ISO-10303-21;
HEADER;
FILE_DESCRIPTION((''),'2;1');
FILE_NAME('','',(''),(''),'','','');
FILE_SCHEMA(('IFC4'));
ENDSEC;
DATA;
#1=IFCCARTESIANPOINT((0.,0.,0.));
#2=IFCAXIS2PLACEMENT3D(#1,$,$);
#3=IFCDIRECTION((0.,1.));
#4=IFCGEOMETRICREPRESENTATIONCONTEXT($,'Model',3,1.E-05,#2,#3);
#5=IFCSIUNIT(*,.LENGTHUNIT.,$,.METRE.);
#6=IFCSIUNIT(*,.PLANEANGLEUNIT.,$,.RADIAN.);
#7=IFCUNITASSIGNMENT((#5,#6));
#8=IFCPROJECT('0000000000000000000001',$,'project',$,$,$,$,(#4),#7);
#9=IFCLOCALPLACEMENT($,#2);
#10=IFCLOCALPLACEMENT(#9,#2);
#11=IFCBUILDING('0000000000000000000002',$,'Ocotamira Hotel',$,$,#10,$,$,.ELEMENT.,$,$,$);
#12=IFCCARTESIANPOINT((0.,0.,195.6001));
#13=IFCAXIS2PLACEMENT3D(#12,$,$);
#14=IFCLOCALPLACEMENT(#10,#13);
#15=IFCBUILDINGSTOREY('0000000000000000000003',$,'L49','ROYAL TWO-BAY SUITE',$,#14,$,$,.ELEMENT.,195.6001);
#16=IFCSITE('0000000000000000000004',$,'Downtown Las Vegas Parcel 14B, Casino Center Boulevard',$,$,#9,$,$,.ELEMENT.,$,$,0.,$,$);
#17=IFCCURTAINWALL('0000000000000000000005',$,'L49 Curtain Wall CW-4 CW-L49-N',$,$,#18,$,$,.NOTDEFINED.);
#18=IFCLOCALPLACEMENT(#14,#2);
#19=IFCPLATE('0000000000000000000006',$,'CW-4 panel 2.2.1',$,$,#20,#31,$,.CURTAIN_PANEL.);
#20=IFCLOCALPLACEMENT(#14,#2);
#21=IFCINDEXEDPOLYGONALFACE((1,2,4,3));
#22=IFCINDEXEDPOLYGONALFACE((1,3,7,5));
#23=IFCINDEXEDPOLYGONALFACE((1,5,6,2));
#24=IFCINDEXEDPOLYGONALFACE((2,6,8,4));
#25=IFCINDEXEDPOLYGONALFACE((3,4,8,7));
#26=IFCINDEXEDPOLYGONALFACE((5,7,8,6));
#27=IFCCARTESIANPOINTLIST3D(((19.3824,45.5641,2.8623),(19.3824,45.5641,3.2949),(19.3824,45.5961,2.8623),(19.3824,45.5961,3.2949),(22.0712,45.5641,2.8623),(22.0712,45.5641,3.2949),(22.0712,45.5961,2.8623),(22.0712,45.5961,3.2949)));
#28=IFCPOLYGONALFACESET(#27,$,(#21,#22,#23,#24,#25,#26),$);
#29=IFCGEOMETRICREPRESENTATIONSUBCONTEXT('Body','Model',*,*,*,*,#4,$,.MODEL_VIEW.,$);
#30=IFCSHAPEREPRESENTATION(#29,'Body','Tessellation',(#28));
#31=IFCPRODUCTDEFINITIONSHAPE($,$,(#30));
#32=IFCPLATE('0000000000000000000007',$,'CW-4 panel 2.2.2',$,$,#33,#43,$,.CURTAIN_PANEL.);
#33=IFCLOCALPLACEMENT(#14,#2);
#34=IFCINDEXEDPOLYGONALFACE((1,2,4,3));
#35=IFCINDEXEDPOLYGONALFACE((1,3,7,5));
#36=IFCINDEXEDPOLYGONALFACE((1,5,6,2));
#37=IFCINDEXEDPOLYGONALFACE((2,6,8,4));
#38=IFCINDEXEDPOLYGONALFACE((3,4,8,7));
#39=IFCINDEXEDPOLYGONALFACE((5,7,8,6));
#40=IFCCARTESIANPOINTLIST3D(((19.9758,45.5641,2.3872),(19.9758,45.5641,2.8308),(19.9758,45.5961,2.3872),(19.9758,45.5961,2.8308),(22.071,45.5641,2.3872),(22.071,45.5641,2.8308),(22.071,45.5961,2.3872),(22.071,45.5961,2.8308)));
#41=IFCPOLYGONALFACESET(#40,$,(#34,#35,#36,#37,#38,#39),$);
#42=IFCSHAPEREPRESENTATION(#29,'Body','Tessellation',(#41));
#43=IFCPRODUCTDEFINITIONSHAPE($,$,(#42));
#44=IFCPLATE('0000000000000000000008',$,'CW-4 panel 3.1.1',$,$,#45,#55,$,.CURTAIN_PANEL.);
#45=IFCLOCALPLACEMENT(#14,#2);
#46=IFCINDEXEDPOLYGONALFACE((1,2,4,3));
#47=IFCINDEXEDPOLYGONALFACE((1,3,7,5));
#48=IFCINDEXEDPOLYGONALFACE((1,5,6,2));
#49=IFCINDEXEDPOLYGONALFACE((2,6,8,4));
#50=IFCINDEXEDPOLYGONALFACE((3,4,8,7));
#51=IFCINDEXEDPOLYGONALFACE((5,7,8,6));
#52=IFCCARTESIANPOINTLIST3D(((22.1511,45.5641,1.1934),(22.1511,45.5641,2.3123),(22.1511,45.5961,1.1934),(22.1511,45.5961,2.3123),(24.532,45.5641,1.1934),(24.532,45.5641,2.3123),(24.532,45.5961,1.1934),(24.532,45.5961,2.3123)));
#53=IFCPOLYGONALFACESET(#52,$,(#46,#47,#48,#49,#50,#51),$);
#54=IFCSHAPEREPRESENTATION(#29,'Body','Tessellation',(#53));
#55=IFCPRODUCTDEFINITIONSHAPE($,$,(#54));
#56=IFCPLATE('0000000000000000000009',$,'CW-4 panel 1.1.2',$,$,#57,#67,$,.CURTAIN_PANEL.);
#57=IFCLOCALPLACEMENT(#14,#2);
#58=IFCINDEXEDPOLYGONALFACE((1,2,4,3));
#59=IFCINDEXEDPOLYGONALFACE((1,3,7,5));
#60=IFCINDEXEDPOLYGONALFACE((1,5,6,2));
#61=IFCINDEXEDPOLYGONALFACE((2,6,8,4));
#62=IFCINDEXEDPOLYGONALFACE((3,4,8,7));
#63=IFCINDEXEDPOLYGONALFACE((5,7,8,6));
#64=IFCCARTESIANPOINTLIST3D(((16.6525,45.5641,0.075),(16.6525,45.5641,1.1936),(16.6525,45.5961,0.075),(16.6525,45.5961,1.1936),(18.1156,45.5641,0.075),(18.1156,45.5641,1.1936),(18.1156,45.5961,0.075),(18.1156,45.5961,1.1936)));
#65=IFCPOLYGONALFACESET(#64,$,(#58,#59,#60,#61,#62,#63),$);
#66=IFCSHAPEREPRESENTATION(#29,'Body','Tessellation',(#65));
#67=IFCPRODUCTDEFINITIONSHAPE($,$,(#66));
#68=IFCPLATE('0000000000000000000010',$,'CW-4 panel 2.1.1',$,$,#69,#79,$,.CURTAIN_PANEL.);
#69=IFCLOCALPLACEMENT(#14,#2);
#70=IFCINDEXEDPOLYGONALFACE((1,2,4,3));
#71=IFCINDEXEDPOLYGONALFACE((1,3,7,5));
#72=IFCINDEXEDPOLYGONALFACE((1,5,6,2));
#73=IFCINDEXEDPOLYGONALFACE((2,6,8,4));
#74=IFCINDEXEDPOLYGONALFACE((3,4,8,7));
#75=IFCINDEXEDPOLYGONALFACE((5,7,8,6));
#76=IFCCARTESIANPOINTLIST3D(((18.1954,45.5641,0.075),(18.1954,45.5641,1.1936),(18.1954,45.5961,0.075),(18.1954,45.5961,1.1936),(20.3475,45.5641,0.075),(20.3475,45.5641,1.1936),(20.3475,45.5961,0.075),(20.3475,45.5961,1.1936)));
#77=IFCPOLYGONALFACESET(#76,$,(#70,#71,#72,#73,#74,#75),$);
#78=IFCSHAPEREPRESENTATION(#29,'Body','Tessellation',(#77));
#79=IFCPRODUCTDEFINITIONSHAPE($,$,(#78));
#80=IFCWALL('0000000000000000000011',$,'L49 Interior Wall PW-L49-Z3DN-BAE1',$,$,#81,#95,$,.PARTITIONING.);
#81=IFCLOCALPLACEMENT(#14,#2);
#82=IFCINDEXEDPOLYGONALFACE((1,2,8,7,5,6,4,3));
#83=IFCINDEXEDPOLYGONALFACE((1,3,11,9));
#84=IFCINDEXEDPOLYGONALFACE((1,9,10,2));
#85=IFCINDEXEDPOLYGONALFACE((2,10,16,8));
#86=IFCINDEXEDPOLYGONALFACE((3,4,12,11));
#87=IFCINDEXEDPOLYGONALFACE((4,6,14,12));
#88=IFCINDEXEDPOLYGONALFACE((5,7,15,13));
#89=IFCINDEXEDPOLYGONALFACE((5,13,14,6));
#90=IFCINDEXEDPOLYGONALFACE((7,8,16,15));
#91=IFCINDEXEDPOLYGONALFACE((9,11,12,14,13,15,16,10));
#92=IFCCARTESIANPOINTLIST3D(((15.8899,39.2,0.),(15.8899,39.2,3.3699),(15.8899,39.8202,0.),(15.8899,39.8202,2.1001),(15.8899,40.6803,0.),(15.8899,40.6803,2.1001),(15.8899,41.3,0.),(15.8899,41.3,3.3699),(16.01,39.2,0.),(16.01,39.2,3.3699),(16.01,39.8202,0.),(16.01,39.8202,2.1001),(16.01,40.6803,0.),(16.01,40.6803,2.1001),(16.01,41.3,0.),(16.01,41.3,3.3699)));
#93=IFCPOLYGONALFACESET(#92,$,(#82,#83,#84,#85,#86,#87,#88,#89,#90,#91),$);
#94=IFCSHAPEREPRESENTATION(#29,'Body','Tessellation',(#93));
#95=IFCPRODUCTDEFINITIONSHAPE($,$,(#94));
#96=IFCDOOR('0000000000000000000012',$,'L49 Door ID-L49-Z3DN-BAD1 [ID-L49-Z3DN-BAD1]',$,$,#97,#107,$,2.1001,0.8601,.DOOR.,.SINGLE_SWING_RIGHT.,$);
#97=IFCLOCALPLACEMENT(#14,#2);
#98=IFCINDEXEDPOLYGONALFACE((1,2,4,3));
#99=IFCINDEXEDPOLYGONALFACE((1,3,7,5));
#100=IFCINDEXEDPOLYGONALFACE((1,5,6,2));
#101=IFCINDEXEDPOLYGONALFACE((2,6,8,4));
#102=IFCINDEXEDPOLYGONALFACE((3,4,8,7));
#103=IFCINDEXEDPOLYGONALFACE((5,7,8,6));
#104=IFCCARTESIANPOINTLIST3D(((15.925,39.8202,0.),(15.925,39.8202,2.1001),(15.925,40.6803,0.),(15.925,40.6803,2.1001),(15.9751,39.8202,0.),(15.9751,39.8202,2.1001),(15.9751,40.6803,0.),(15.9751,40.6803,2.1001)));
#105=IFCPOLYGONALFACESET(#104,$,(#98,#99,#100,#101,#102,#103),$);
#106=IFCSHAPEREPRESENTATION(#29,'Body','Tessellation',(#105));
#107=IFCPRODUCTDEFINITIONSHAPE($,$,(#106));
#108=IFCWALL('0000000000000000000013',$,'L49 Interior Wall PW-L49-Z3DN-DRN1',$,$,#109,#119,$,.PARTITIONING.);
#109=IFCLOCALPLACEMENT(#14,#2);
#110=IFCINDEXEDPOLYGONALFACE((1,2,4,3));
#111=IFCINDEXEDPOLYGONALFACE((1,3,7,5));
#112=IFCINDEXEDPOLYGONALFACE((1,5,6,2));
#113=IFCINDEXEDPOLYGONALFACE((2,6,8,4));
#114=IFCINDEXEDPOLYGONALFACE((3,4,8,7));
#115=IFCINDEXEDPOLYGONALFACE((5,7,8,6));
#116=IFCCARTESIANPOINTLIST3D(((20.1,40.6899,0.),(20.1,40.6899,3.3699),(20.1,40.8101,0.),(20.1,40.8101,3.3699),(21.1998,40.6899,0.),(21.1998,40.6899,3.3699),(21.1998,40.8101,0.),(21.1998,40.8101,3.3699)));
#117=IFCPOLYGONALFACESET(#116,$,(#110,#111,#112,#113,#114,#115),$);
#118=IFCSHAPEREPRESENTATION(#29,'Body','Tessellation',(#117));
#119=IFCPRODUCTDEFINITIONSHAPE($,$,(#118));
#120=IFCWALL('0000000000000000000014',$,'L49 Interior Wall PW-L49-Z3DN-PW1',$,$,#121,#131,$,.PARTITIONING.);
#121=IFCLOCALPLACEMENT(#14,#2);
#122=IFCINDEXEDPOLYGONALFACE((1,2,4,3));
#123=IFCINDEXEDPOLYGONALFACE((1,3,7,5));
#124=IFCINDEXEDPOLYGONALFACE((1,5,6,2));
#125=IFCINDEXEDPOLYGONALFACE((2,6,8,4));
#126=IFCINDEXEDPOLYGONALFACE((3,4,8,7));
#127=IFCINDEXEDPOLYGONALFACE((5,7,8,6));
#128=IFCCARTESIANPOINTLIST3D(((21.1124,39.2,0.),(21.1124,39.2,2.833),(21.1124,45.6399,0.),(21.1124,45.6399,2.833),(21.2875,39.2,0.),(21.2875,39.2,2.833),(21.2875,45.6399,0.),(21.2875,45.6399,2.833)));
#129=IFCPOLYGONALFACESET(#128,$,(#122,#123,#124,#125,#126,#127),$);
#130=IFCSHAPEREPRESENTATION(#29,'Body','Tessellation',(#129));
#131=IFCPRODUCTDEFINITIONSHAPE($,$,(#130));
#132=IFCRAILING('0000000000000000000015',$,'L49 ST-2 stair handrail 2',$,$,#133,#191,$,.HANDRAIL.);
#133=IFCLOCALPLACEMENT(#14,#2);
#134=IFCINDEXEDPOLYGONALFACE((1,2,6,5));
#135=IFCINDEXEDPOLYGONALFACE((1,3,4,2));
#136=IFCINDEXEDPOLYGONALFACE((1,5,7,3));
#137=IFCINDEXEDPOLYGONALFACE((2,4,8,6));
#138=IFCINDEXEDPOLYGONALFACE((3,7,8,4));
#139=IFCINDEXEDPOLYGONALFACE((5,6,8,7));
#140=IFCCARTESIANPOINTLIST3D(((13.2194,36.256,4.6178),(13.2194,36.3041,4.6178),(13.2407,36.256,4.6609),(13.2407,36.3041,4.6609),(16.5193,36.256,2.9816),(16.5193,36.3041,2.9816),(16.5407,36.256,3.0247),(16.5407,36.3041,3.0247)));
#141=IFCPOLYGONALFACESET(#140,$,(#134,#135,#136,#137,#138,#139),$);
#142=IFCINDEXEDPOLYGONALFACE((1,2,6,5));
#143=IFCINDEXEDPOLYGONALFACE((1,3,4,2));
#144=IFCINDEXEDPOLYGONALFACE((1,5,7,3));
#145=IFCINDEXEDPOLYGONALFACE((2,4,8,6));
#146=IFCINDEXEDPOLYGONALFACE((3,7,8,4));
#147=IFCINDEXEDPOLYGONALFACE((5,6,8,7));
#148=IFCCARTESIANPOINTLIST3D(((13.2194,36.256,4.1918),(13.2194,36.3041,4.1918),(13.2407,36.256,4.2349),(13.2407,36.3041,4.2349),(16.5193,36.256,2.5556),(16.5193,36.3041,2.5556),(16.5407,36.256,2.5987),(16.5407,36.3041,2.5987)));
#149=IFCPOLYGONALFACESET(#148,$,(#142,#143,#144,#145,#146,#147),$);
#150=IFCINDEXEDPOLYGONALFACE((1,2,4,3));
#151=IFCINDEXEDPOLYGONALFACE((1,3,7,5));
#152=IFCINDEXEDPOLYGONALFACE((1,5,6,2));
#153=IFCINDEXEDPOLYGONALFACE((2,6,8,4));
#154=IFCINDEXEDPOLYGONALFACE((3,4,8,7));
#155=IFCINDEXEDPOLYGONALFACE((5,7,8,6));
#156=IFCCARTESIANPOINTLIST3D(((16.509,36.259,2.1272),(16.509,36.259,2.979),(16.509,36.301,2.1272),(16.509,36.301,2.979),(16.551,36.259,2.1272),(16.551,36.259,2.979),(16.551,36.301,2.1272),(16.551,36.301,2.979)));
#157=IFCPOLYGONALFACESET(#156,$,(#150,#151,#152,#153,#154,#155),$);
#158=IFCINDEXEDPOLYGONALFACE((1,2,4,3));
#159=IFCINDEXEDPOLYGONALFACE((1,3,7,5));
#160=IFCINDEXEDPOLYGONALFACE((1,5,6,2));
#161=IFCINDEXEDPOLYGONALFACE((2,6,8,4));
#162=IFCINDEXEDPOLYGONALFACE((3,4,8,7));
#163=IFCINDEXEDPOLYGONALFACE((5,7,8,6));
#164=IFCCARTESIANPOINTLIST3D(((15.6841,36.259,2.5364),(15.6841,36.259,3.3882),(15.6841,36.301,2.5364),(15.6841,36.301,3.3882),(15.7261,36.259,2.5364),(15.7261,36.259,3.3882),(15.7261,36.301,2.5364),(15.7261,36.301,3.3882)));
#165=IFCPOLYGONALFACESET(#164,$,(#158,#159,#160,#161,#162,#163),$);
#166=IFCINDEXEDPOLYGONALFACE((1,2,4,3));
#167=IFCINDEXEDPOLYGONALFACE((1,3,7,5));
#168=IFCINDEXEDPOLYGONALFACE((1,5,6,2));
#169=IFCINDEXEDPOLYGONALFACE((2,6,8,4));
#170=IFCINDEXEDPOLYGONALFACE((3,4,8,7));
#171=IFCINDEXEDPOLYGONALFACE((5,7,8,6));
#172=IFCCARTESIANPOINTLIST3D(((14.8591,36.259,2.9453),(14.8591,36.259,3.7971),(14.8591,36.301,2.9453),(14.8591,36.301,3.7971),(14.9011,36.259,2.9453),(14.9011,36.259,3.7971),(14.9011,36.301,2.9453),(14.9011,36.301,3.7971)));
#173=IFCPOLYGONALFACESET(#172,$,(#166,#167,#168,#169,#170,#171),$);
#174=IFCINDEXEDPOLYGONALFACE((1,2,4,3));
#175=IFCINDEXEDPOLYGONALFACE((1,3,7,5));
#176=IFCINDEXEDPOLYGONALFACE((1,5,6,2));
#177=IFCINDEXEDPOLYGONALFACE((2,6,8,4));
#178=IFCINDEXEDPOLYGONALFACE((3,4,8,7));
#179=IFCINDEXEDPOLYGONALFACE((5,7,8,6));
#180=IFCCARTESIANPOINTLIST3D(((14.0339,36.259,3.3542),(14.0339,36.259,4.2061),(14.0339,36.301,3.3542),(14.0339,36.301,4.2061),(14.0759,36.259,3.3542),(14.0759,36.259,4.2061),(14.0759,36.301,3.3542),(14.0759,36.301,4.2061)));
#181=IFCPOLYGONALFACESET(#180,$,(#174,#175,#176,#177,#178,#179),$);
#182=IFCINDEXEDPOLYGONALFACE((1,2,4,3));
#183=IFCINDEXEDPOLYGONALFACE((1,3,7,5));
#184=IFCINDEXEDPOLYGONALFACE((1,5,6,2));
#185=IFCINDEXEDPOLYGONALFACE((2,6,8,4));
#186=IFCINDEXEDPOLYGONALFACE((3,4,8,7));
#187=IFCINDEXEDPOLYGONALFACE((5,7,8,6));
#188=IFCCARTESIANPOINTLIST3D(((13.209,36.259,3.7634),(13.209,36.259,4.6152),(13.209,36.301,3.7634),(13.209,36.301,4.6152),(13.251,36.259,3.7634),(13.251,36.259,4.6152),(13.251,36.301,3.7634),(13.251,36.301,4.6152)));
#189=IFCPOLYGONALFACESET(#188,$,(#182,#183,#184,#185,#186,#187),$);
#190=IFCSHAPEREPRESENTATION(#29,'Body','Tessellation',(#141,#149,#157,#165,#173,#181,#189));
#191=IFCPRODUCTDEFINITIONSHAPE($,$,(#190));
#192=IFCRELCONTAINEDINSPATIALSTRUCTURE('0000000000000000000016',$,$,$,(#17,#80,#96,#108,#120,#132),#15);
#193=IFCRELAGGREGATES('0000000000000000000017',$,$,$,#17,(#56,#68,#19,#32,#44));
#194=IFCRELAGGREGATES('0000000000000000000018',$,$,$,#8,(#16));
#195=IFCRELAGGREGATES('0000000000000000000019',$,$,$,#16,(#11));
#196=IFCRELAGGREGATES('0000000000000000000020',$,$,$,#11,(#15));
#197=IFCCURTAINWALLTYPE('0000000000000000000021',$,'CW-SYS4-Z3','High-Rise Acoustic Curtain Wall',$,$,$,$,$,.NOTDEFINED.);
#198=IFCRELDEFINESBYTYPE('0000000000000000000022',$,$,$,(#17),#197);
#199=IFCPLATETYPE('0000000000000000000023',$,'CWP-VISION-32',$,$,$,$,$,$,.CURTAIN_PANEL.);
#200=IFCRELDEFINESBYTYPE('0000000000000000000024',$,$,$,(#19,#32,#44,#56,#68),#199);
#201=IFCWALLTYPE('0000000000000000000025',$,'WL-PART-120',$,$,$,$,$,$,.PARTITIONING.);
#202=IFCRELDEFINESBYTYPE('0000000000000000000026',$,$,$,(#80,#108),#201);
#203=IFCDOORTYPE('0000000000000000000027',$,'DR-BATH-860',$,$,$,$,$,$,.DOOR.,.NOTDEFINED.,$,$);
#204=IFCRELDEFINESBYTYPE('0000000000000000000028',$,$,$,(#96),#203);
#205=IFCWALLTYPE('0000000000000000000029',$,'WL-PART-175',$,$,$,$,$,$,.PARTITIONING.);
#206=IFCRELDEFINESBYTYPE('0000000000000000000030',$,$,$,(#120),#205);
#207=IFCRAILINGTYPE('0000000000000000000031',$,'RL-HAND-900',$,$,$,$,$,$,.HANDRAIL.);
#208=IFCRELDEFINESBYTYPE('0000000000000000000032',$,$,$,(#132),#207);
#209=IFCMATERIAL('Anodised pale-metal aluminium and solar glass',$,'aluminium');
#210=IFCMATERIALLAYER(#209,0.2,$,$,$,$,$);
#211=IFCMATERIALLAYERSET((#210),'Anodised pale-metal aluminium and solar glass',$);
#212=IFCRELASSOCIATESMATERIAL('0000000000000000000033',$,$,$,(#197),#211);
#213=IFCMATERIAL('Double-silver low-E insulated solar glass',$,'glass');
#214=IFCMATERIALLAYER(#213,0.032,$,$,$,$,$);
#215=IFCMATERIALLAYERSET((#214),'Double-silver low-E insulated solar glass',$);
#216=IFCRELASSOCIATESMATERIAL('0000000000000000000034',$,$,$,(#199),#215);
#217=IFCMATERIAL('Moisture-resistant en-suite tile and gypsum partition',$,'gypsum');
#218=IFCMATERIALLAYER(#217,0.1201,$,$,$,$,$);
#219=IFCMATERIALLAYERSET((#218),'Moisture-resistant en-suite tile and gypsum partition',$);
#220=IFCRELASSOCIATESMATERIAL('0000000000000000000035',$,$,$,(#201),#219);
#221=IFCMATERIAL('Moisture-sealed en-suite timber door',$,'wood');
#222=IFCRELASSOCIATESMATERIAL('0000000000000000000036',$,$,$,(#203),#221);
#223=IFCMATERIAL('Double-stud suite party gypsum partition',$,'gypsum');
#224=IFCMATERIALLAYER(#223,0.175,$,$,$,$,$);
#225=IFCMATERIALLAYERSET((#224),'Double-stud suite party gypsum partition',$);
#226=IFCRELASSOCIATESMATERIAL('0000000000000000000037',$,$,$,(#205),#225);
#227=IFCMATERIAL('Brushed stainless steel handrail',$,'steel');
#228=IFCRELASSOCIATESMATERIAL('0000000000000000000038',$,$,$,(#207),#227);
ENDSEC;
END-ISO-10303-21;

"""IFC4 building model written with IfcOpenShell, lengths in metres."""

from ifc_helpers import new_model, si_unit, direction, frame, frame_2d, origin, origin_2d, place, context, subcontext, project, spatial, rectangle, extrude, source, transform, mapped, material, layer, layer_set, type_object, element, fill, aggregate, save


model = new_model("IFC4")

# Units and contexts
model_context = context("Model", 3, precision=1e-05, world=origin(), true_north=direction((0.0, 1.0)))
body_context = subcontext(model_context, "Body", "Model", "MODEL_VIEW")
ifc_project = project(units=[si_unit("LENGTHUNIT", "METRE"), si_unit("PLANEANGLEUNIT", "RADIAN")], contexts=[model_context])

# Site, building, storey
site_placement = place(None, origin())
site = spatial("IfcSite", under=ifc_project, at=site_placement, Name="Downtown Las Vegas Parcel 14B, Casino Center Boulevard", CompositionType="ELEMENT", RefElevation=0.0)
building_placement = place(site_placement, origin())
building = spatial("IfcBuilding", under=site, at=building_placement, Name="Ocotamira Hotel", CompositionType="ELEMENT")
storey_placement = place(building_placement, frame((0.0, 0.0, 195.6001)))
storey = spatial("IfcBuildingStorey", under=building, at=storey_placement, Name="L49", Description="ROYAL TWO-BAY SUITE", CompositionType="ELEMENT", Elevation=195.6001)

# Curtain wall
ifc_material_1 = material(Name="Anodised pale-metal aluminium and solar glass", Category="aluminium")
ifc_layer_1 = layer(ifc_material_1, 0.2)
ifc_layer_set_1 = layer_set([ifc_layer_1], Name="Anodised pale-metal aluminium and solar glass")
curtain_wall_type = type_object("IfcCurtainWallType", Name="CW-SYS4-Z3", Description="High-Rise Acoustic Curtain Wall", PredefinedType="NOTDEFINED", material=ifc_layer_set_1)
curtain_wall_placement = place(storey_placement, origin())
curtain_wall = element("IfcCurtainWall", 1, at=curtain_wall_placement, inside=storey, type_object=curtain_wall_type, Name="L49 Curtain Wall CW-4 CW-L49-N", PredefinedType="NOTDEFINED")

# Plates
ifc_material_2 = material(Name="Double-silver low-E insulated solar glass", Category="glass")
ifc_layer_2 = layer(ifc_material_2, 0.032)
ifc_layer_set_2 = layer_set([ifc_layer_2], Name="Double-silver low-E insulated solar glass")
plate_type_1 = type_object("IfcPlateType", Name="CWP-VISION-32", PredefinedType="CURTAIN_PANEL", material=ifc_layer_set_2)
shared_shape_1 = source(origin(), body_context, "Body", "SweptSolid", [
    extrude(rectangle(XDim=2.6887, YDim=0.032, at=origin_2d()), origin(), (0.0, 0.0, 1.0), 0.4326),
])
plate_1_placement = place(storey_placement, frame((20.7268, 45.5801, 2.8623), z_axis=(0.0, 0.0, 1.0), x_axis=(1.0, 0.0, 0.0)))
plate_1 = element("IfcPlate", 2, at=plate_1_placement, type_object=plate_type_1, Name="CW-4 panel 2.2.1", PredefinedType="CURTAIN_PANEL", context=body_context, shape_type="MappedRepresentation", body=[
    mapped(shared_shape_1, transform((0.0, 0.0, 0.0), scale=1.0)),
])
shared_shape_2 = source(origin(), body_context, "Body", "SweptSolid", [
    extrude(rectangle(XDim=2.0952, YDim=0.032, at=origin_2d()), origin(), (0.0, 0.0, 1.0), 0.4436),
])
plate_2_placement = place(storey_placement, frame((21.0234, 45.5801, 2.3872), z_axis=(0.0, 0.0, 1.0), x_axis=(1.0, 0.0, 0.0)))
plate_2 = element("IfcPlate", 3, at=plate_2_placement, type_object=plate_type_1, Name="CW-4 panel 2.2.2", PredefinedType="CURTAIN_PANEL", context=body_context, shape_type="MappedRepresentation", body=[
    mapped(shared_shape_2, transform((0.0, 0.0, 0.0), scale=1.0)),
])
shared_shape_3 = source(origin(), body_context, "Body", "SweptSolid", [
    extrude(rectangle(XDim=2.3809, YDim=0.032, at=origin_2d()), origin(), (0.0, 0.0, 1.0), 1.1189),
])
plate_3_placement = place(storey_placement, frame((23.3416, 45.5801, 1.1934), z_axis=(0.0, 0.0, 1.0), x_axis=(1.0, 0.0, 0.0)))
plate_3 = element("IfcPlate", 4, at=plate_3_placement, type_object=plate_type_1, Name="CW-4 panel 3.1.1", PredefinedType="CURTAIN_PANEL", context=body_context, shape_type="MappedRepresentation", body=[
    mapped(shared_shape_3, transform((0.0, 0.0, 0.0), scale=1.0)),
])
shared_shape_4 = source(origin(), body_context, "Body", "SweptSolid", [
    extrude(rectangle(XDim=1.4631, YDim=0.032, at=origin_2d()), origin(), (0.0, 0.0, 1.0), 1.1187),
])
plate_4_placement = place(storey_placement, frame((17.384, 45.5801, 0.075), z_axis=(0.0, 0.0, 1.0), x_axis=(1.0, 0.0, 0.0)))
plate_4 = element("IfcPlate", 5, at=plate_4_placement, type_object=plate_type_1, Name="CW-4 panel 1.1.2", PredefinedType="CURTAIN_PANEL", context=body_context, shape_type="MappedRepresentation", body=[
    mapped(shared_shape_4, transform((0.0, 0.0, 0.0), scale=1.0)),
])
shared_shape_5 = source(origin(), body_context, "Body", "SweptSolid", [
    extrude(rectangle(XDim=2.1521, YDim=0.032, at=origin_2d()), origin(), (0.0, 0.0, 1.0), 1.1187),
])
plate_5_placement = place(storey_placement, frame((19.2715, 45.5801, 0.075), z_axis=(0.0, 0.0, 1.0), x_axis=(1.0, 0.0, 0.0)))
plate_5 = element("IfcPlate", 6, at=plate_5_placement, type_object=plate_type_1, Name="CW-4 panel 2.1.1", PredefinedType="CURTAIN_PANEL", context=body_context, shape_type="MappedRepresentation", body=[
    mapped(shared_shape_5, transform((0.0, 0.0, 0.0), scale=1.0)),
])
aggregate(curtain_wall, [plate_4, plate_5, plate_1, plate_2, plate_3])

# Wall, opening, door
ifc_material_3 = material(Name="Moisture-resistant en-suite tile and gypsum partition", Category="gypsum")
ifc_layer_3 = layer(ifc_material_3, 0.1201)
ifc_layer_set_3 = layer_set([ifc_layer_3], Name="Moisture-resistant en-suite tile and gypsum partition")
wall_type_1 = type_object("IfcWallType", Name="WL-PART-120", PredefinedType="PARTITIONING", material=ifc_layer_set_3)
wall_1_placement = place(storey_placement, frame((15.95, 39.2, 0.0), z_axis=(0.0, 0.0, 1.0), x_axis=(0.0, 1.0, 0.0)))
wall_1 = element("IfcWall", 7, at=wall_1_placement, inside=storey, type_object=wall_type_1, Name="L49 Interior Wall PW-L49-Z3DN-BAE1", PredefinedType="PARTITIONING", context=body_context, shape_type="SweptSolid", body=[
    extrude(rectangle(XDim=2.1001, YDim=0.1201, at=frame_2d((1.05, 0.0))), origin(), (0.0, 0.0, 1.0), 3.3699),
])
opening_placement = place(wall_1_placement, frame((0.6201, 0.0, 0.0)))
opening = element("IfcOpeningElement", 8, at=opening_placement, cuts=wall_1, PredefinedType="OPENING", context=body_context, shape_type="SweptSolid", body=[
    extrude(rectangle(XDim=0.8601, YDim=2.1001, at=frame_2d((0.4302, 1.05))), frame((0.0, 0.0701, 0.0), z_axis=(0.0, -1.0, 0.0), x_axis=(1.0, 0.0, 0.0)), (0.0, 0.0, 1.0), 0.1401),
])
ifc_material_4 = material(Name="Moisture-sealed en-suite timber door", Category="wood")
door_type = type_object("IfcDoorType", Name="DR-BATH-860", OperationType="NOTDEFINED", PredefinedType="DOOR", material=ifc_material_4)
shared_shape_6 = source(origin(), body_context, "Body", "SweptSolid", [
    extrude(rectangle(XDim=0.8601, YDim=2.1001, at=frame_2d((0.4302, 1.05))), frame((0.0, 0.0249, 0.0), z_axis=(0.0, -1.0, 0.0), x_axis=(1.0, 0.0, 0.0)), (0.0, 0.0, 1.0), 0.05),
])
door_placement = place(opening_placement, origin())
door = element("IfcDoor", 9, at=door_placement, inside=storey, type_object=door_type, Name="L49 Door ID-L49-Z3DN-BAD1 [ID-L49-Z3DN-BAD1]", OperationType="SINGLE_SWING_RIGHT", OverallHeight=2.1001, OverallWidth=0.8601, PredefinedType="DOOR", context=body_context, shape_type="MappedRepresentation", body=[
    mapped(shared_shape_6, transform((0.0, 0.0, 0.0), scale=1.0)),
])
fill(opening, door)

# Walls
wall_2_placement = place(storey_placement, frame((20.1001, 40.75, 0.0), z_axis=(0.0, 0.0, 1.0), x_axis=(1.0, 0.0, 0.0)))
element("IfcWall", 10, at=wall_2_placement, inside=storey, type_object=wall_type_1, Name="L49 Interior Wall PW-L49-Z3DN-DRN1", PredefinedType="PARTITIONING", context=body_context, shape_type="SweptSolid", body=[
    extrude(rectangle(XDim=1.0999, YDim=0.1201, at=frame_2d((0.5498, 0.0))), origin(), (0.0, 0.0, 1.0), 3.3699),
])
ifc_material_5 = material(Name="Double-stud suite party gypsum partition", Category="gypsum")
ifc_layer_4 = layer(ifc_material_5, 0.175)
ifc_layer_set_4 = layer_set([ifc_layer_4], Name="Double-stud suite party gypsum partition")
wall_type_2 = type_object("IfcWallType", Name="WL-PART-175", PredefinedType="PARTITIONING", material=ifc_layer_set_4)
wall_3_placement = place(storey_placement, frame((21.2, 39.2, 0.0), z_axis=(0.0, 0.0, 1.0), x_axis=(0.0, 1.0, 0.0)))
element("IfcWall", 11, at=wall_3_placement, inside=storey, type_object=wall_type_2, Name="L49 Interior Wall PW-L49-Z3DN-PW1", PredefinedType="PARTITIONING", context=body_context, shape_type="SweptSolid", body=[
    extrude(rectangle(XDim=6.4399, YDim=0.175, at=frame_2d((3.22, 0.0))), origin(), (0.0, 0.0, 1.0), 2.833),
])

# Railing
ifc_material_6 = material(Name="Brushed stainless steel handrail", Category="steel")
railing_type = type_object("IfcRailingType", Name="RL-HAND-900", PredefinedType="HANDRAIL", material=ifc_material_6)
railing_placement = place(storey_placement, frame((16.53, 36.28, 2.1272)))
element("IfcRailing", 12, at=railing_placement, inside=storey, type_object=railing_type, Name="L49 ST-2 stair handrail 2", PredefinedType="HANDRAIL", context=body_context, shape_type="SweptSolid", body=[
    extrude(rectangle(XDim=0.0481, YDim=0.0481, at=origin_2d()), frame((0.0, 0.0, 0.876), z_axis=(-0.89592, 0.0, 0.444215), x_axis=(0.0, -1.0, 0.0)), (0.0, 0.0, 1.0), 3.6833),
    extrude(rectangle(XDim=0.0481, YDim=0.0481, at=origin_2d()), frame((0.0, 0.0, 0.45), z_axis=(-0.89592, 0.0, 0.444215), x_axis=(0.0, -1.0, 0.0)), (0.0, 0.0, 1.0), 3.6833),
    extrude(rectangle(XDim=0.042, YDim=0.042, at=origin_2d()), origin(), (0.0, 0.0, 1.0), 0.8518),
    extrude(rectangle(XDim=0.042, YDim=0.042, at=origin_2d()), frame((-0.825, 0.0, 0.4092)), (0.0, 0.0, 1.0), 0.8518),
    extrude(rectangle(XDim=0.042, YDim=0.042, at=origin_2d()), frame((-1.6499, 0.0, 0.8181)), (0.0, 0.0, 1.0), 0.8518),
    extrude(rectangle(XDim=0.042, YDim=0.042, at=origin_2d()), frame((-2.4751, 0.0, 1.2271)), (0.0, 0.0, 1.0), 0.8518),
    extrude(rectangle(XDim=0.042, YDim=0.042, at=origin_2d()), frame((-3.3, 0.0, 1.6362)), (0.0, 0.0, 1.0), 0.8518),
])

save(model, "model.ifc")
